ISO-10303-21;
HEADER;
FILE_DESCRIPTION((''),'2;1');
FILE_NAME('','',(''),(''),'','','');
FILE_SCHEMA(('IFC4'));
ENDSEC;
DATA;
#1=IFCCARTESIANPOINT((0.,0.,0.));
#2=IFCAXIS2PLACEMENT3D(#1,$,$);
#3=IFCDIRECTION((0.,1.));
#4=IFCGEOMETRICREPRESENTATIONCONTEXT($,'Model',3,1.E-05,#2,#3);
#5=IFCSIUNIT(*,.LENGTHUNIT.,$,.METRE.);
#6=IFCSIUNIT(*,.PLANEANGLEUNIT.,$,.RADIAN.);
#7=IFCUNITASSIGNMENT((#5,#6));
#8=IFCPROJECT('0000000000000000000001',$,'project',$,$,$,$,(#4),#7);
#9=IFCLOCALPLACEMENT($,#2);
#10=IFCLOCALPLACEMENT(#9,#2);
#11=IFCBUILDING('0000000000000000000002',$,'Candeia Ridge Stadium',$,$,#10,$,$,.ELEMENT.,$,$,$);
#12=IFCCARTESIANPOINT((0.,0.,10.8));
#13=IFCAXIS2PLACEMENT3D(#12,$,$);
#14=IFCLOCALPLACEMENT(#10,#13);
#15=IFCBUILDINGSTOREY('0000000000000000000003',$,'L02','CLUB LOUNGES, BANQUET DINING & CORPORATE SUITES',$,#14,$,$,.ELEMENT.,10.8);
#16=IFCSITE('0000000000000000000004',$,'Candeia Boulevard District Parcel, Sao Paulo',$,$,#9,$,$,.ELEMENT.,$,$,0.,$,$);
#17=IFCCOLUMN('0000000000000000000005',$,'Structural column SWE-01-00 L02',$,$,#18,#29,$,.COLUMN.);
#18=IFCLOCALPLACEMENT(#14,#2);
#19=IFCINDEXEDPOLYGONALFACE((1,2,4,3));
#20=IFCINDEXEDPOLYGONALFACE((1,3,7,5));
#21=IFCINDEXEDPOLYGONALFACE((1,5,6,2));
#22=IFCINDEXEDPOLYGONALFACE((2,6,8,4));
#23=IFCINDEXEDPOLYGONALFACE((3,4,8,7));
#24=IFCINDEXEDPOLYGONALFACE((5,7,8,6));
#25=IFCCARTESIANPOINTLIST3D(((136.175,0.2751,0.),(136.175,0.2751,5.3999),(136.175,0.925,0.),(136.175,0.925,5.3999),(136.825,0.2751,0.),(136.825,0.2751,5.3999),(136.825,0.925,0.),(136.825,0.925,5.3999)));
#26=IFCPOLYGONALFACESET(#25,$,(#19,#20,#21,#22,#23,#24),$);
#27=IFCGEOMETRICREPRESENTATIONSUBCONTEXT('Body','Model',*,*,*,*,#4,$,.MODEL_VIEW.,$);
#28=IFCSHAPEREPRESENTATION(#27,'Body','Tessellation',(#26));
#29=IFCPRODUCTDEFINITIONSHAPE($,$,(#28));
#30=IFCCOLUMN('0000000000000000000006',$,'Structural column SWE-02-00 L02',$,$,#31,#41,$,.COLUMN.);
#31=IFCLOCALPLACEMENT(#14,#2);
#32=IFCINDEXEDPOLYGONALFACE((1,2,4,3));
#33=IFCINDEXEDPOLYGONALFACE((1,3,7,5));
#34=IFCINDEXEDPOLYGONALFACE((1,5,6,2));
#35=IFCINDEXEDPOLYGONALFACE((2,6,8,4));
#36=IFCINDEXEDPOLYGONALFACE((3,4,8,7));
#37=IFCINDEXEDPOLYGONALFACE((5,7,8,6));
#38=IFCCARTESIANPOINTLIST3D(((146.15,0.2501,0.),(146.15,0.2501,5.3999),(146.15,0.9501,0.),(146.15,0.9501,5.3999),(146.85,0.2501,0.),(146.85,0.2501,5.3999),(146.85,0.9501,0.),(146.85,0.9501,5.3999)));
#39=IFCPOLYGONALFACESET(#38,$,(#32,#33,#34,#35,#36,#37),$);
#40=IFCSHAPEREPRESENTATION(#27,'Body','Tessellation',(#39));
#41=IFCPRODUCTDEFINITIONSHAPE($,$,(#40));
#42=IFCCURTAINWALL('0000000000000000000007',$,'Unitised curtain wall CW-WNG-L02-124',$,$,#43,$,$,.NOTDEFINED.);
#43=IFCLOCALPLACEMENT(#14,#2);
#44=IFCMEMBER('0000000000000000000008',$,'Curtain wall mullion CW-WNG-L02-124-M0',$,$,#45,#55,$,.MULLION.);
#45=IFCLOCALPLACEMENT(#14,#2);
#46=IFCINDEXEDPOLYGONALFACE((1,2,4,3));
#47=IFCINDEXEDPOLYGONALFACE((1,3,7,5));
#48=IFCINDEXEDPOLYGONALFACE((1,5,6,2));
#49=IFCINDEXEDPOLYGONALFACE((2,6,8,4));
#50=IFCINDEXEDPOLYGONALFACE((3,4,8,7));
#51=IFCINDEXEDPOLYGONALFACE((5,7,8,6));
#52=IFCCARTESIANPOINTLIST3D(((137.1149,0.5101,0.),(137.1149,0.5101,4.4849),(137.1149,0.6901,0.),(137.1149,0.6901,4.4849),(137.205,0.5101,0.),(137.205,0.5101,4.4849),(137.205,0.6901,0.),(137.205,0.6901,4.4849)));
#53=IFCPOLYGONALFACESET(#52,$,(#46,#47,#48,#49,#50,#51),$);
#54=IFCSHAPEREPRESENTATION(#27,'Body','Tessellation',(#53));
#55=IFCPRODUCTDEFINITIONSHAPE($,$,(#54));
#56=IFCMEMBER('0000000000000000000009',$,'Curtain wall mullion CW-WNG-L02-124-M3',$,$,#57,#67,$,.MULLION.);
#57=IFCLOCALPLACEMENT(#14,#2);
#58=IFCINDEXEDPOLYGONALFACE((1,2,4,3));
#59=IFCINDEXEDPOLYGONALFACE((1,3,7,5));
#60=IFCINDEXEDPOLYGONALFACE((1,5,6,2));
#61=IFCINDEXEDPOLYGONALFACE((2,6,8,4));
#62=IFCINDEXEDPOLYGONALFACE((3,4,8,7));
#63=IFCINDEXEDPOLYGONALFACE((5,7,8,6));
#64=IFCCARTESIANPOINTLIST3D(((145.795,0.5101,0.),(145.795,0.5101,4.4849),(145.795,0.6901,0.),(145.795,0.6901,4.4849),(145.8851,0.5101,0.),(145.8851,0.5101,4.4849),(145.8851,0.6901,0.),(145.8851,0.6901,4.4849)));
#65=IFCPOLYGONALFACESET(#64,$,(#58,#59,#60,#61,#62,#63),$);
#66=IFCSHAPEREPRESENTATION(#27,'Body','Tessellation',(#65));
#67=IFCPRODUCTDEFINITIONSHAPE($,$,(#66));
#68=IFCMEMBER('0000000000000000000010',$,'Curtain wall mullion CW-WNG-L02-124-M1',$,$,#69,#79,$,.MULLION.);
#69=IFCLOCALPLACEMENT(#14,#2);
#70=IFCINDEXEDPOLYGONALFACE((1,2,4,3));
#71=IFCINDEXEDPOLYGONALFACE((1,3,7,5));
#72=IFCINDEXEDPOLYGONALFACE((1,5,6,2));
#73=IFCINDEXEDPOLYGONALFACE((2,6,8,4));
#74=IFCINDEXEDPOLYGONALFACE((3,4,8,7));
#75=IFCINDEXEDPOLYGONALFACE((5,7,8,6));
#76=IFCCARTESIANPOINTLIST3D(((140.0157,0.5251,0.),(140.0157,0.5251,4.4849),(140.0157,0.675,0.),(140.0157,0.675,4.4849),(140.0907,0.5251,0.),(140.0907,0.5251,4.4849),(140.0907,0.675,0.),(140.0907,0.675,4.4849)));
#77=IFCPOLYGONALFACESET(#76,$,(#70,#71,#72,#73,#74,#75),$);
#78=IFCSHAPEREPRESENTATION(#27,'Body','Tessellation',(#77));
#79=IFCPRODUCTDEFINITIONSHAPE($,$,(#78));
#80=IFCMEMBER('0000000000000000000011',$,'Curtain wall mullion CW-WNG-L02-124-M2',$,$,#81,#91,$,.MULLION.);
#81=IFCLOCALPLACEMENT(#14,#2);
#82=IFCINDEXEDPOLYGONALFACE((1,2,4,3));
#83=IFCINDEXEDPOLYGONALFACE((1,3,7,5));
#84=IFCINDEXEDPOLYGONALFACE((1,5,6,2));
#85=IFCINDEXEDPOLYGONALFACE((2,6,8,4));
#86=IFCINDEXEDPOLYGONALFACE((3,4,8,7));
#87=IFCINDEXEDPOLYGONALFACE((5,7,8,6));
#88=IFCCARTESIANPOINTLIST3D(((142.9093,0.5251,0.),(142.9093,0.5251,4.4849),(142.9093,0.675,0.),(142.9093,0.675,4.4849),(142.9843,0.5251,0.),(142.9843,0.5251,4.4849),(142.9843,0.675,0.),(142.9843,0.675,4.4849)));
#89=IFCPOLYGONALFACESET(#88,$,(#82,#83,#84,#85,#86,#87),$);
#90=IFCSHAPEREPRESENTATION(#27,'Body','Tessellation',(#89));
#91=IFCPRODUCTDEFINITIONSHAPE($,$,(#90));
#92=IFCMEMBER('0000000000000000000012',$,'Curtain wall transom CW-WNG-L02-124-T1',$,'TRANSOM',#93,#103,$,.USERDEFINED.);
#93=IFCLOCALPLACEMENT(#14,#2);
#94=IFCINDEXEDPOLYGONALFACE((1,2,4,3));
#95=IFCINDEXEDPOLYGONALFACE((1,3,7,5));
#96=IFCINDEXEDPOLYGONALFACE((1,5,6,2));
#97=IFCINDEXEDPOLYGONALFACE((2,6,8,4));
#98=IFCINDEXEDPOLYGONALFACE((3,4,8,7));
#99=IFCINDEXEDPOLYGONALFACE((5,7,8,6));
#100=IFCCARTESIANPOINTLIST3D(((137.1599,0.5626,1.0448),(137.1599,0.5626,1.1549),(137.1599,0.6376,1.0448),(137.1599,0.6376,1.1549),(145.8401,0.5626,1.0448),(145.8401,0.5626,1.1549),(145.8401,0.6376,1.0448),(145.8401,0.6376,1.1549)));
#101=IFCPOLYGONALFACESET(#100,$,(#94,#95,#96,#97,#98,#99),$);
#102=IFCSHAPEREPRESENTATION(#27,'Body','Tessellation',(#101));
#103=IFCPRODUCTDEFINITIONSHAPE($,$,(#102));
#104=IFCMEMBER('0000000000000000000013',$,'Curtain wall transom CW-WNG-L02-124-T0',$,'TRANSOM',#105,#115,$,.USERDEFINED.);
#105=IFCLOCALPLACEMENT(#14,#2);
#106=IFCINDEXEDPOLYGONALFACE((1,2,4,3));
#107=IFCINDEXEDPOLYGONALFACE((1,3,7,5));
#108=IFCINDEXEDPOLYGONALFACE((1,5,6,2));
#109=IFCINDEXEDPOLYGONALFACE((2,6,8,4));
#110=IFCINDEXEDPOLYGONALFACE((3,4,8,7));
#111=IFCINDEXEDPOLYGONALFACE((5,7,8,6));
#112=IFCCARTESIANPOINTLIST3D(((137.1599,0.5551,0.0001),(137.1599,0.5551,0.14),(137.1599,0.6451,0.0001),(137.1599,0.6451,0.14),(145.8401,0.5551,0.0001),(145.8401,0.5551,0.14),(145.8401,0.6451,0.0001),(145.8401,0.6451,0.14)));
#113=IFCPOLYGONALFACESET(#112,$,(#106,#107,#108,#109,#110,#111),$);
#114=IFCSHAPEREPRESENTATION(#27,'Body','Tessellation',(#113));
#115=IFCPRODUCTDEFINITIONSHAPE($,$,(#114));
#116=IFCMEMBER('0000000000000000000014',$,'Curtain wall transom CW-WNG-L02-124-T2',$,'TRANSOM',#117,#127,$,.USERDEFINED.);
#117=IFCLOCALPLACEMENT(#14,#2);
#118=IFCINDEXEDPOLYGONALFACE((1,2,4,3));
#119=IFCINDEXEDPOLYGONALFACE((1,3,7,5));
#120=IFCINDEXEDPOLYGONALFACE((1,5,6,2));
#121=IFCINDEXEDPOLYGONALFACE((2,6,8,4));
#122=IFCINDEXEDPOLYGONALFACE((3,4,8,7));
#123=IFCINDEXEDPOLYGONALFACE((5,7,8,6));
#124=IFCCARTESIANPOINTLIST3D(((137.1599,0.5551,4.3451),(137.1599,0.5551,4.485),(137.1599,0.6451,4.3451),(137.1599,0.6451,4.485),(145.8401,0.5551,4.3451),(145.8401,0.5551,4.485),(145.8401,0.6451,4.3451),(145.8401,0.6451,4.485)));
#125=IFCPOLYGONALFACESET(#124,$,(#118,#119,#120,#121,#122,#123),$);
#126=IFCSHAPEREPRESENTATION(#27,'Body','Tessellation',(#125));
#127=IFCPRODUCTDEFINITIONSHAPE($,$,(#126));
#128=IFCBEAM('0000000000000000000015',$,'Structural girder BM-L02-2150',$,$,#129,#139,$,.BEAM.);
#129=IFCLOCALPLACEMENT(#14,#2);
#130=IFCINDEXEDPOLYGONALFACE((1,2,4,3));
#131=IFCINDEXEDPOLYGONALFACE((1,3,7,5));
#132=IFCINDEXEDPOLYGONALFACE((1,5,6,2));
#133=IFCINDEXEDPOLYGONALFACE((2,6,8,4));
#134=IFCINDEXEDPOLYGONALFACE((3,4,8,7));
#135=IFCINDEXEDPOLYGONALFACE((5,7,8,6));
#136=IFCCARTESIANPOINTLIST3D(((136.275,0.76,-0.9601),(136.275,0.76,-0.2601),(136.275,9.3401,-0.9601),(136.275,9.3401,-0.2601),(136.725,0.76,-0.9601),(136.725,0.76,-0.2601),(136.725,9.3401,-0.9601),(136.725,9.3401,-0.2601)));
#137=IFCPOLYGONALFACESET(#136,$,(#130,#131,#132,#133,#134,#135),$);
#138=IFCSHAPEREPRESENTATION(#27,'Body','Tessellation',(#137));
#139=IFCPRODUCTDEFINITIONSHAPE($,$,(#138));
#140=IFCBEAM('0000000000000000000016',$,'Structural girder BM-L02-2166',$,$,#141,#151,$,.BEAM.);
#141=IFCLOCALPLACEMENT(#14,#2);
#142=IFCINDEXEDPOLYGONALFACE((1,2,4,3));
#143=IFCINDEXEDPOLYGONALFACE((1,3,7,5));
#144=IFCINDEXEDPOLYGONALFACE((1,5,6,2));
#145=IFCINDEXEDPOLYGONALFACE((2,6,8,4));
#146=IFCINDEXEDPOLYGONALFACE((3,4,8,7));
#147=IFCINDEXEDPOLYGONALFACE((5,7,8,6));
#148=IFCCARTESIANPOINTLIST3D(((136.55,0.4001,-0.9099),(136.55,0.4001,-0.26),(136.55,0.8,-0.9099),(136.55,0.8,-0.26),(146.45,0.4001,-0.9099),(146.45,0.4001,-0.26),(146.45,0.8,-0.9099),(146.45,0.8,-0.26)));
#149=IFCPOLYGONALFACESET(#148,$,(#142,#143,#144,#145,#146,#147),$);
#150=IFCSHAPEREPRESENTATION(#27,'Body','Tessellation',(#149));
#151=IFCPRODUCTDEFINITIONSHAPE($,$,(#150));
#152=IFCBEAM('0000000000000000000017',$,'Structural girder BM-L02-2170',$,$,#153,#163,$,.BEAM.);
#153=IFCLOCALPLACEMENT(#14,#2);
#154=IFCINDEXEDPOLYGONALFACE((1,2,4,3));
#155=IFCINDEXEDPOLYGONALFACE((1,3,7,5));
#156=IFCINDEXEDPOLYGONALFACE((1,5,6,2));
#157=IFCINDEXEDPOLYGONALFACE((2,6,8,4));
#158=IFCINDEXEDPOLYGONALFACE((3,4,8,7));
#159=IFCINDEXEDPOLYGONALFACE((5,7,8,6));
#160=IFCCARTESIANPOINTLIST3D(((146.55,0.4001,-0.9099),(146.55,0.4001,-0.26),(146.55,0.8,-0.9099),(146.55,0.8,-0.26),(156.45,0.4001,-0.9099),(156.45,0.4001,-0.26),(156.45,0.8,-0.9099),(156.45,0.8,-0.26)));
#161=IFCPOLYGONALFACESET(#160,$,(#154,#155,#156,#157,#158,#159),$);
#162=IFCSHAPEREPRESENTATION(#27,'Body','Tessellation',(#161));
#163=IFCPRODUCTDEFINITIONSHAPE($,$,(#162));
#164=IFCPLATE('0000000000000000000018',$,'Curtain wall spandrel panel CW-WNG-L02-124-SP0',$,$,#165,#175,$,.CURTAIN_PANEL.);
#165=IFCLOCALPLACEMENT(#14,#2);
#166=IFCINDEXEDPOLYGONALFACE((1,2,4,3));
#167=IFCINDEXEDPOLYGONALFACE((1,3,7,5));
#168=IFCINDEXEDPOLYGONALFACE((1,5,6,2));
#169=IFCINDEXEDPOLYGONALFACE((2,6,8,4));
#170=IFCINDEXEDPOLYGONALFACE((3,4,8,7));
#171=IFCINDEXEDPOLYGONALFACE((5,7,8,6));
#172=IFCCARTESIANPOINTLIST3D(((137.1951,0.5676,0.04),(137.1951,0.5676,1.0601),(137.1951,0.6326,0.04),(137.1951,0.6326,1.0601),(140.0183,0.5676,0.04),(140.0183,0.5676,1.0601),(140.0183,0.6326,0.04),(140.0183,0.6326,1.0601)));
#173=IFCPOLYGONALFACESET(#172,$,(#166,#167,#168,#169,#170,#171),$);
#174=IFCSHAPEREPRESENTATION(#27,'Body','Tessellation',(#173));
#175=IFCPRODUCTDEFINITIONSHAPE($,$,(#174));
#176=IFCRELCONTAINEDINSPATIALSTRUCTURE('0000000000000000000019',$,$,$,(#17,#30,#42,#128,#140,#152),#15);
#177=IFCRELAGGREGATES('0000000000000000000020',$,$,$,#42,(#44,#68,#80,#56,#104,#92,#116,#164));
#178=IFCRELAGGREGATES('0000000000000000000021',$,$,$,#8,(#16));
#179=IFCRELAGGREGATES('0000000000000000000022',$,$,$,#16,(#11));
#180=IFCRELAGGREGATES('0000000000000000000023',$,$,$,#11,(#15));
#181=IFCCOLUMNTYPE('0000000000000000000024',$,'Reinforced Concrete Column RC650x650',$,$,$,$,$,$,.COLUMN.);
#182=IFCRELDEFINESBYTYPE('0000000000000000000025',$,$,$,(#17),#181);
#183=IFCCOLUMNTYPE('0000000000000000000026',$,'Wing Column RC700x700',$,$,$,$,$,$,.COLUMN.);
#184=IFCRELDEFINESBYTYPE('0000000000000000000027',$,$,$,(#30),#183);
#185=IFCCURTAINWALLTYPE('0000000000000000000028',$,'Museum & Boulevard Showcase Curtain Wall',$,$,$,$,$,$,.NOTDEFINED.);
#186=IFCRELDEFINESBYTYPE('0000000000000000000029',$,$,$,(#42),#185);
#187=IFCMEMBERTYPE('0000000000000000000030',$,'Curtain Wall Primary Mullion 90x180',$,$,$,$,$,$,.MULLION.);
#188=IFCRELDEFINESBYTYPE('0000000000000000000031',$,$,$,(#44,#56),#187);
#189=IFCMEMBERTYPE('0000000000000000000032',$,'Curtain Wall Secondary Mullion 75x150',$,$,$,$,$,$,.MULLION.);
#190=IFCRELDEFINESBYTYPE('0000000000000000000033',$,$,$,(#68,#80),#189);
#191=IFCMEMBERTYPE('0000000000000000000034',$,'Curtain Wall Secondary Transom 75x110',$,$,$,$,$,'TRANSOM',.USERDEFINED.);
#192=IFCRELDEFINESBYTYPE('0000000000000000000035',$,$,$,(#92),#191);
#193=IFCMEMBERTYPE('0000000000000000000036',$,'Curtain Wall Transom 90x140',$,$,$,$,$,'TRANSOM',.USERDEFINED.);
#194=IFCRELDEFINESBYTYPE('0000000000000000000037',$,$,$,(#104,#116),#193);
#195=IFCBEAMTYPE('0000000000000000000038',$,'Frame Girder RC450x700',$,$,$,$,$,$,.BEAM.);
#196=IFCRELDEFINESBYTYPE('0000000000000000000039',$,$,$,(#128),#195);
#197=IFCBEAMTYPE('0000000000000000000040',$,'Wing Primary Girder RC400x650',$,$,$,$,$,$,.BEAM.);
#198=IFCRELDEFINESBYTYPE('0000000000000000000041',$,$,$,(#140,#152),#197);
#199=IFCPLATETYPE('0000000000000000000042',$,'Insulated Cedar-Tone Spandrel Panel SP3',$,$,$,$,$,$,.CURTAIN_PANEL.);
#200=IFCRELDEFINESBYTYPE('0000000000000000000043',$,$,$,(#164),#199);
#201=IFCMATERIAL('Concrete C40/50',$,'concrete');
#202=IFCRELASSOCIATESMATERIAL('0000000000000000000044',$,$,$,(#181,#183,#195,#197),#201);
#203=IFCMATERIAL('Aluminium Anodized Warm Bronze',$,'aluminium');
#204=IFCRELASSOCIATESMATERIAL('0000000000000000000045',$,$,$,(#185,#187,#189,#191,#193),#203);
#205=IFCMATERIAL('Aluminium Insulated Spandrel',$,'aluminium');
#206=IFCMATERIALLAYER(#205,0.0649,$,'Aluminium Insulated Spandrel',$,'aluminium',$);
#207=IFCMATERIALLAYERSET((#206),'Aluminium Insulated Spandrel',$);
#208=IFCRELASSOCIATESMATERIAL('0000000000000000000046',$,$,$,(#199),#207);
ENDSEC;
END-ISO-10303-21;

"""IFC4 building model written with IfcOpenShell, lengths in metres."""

from ifc_helpers import new_model, si_unit, direction, frame, origin, origin_2d, place, context, subcontext, project, spatial, rectangle, extrude, material, layer, layer_set, material_profile, profile_set, type_object, element, aggregate, save


model = new_model("IFC4")

# Units and contexts
model_context = context("Model", 3, precision=1e-05, world=origin(), true_north=direction((0.0, 1.0)))
body_context = subcontext(model_context, "Body", "Model", "MODEL_VIEW")
ifc_project = project(units=[si_unit("LENGTHUNIT", "METRE"), si_unit("PLANEANGLEUNIT", "RADIAN")], contexts=[model_context])

# Site, building, storey
site_placement = place(None, origin())
site = spatial("IfcSite", under=ifc_project, at=site_placement, Name="Candeia Boulevard District Parcel, Sao Paulo", CompositionType="ELEMENT", RefElevation=0.0)
building_placement = place(site_placement, origin())
building = spatial("IfcBuilding", under=site, at=building_placement, Name="Candeia Ridge Stadium", CompositionType="ELEMENT")
storey_placement = place(building_placement, frame((0.0, 0.0, 10.8)))
storey = spatial("IfcBuildingStorey", under=building, at=storey_placement, Name="L02", Description="CLUB LOUNGES, BANQUET DINING & CORPORATE SUITES", CompositionType="ELEMENT", Elevation=10.8)

# Columns
ifc_material_1 = material(Name="Concrete C40/50", Category="concrete")
ifc_material_profile_1 = material_profile(ifc_material_1, rectangle(XDim=0.6499, YDim=0.6499, at=origin_2d()), Name="RC650x650", Category="concrete")
ifc_profile_set_1 = profile_set([ifc_material_profile_1], Name="Concrete C40/50")
column_type_1 = type_object("IfcColumnType", Name="Reinforced Concrete Column RC650x650", PredefinedType="COLUMN", material=ifc_profile_set_1)
column_1_placement = place(storey_placement, frame((136.5, 0.6001, 0.0), z_axis=(0.0, 0.0, 1.0), x_axis=(1.0, 0.0, 0.0)))
element("IfcColumn", 1, at=column_1_placement, inside=storey, type_object=column_type_1, Name="Structural column SWE-01-00 L02", PredefinedType="COLUMN", context=body_context, shape_type="SweptSolid", body=[
    extrude(rectangle(XDim=0.6499, YDim=0.6499, at=origin_2d()), origin(), (0.0, 0.0, 1.0), 5.3999),
])
ifc_material_profile_2 = material_profile(ifc_material_1, rectangle(XDim=0.7, YDim=0.7, at=origin_2d()), Name="RC700x700", Category="concrete")
ifc_profile_set_2 = profile_set([ifc_material_profile_2], Name="Concrete C40/50")
column_type_2 = type_object("IfcColumnType", Name="Wing Column RC700x700", PredefinedType="COLUMN", material=ifc_profile_set_2)
column_2_placement = place(storey_placement, frame((146.5, 0.6001, 0.0), z_axis=(0.0, 0.0, 1.0), x_axis=(1.0, 0.0, 0.0)))
element("IfcColumn", 2, at=column_2_placement, inside=storey, type_object=column_type_2, Name="Structural column SWE-02-00 L02", PredefinedType="COLUMN", context=body_context, shape_type="SweptSolid", body=[
    extrude(rectangle(XDim=0.7, YDim=0.7, at=origin_2d()), origin(), (0.0, 0.0, 1.0), 5.3999),
])

# Curtain wall, members
ifc_material_2 = material(Name="Aluminium Anodized Warm Bronze", Category="aluminium")
curtain_wall_type = type_object("IfcCurtainWallType", Name="Museum & Boulevard Showcase Curtain Wall", PredefinedType="NOTDEFINED", material=ifc_material_2)
curtain_wall_placement = place(storey_placement, origin())
curtain_wall = element("IfcCurtainWall", 3, at=curtain_wall_placement, inside=storey, type_object=curtain_wall_type, Name="Unitised curtain wall CW-WNG-L02-124", PredefinedType="NOTDEFINED")
ifc_material_profile_3 = material_profile(ifc_material_2, rectangle(XDim=0.0901, YDim=0.1799, at=origin_2d()), Name="CWM-90x180", Category="aluminium")
ifc_profile_set_3 = profile_set([ifc_material_profile_3], Name="Aluminium Anodized Warm Bronze")
member_type_1 = type_object("IfcMemberType", Name="Curtain Wall Primary Mullion 90x180", PredefinedType="MULLION", material=ifc_profile_set_3)
member_1_placement = place(storey_placement, frame((137.1599, 0.6001, 0.0), z_axis=(0.0, 0.0, 1.0), x_axis=(1.0, 0.0, 0.0)))
member_1 = element("IfcMember", 4, at=member_1_placement, type_object=member_type_1, Name="Curtain wall mullion CW-WNG-L02-124-M0", PredefinedType="MULLION", context=body_context, shape_type="SweptSolid", body=[
    extrude(rectangle(XDim=0.0901, YDim=0.1799, at=origin_2d()), origin(), (0.0, 0.0, 1.0), 4.4849),
])
member_2_placement = place(storey_placement, frame((145.8401, 0.6001, 0.0), z_axis=(0.0, 0.0, 1.0), x_axis=(1.0, 0.0, 0.0)))
member_2 = element("IfcMember", 5, at=member_2_placement, type_object=member_type_1, Name="Curtain wall mullion CW-WNG-L02-124-M3", PredefinedType="MULLION", context=body_context, shape_type="SweptSolid", body=[
    extrude(rectangle(XDim=0.0901, YDim=0.1799, at=origin_2d()), origin(), (0.0, 0.0, 1.0), 4.4849),
])
ifc_material_profile_4 = material_profile(ifc_material_2, rectangle(XDim=0.075, YDim=0.1499, at=origin_2d()), Name="CWM-75x150", Category="aluminium")
ifc_profile_set_4 = profile_set([ifc_material_profile_4], Name="Aluminium Anodized Warm Bronze")
member_type_2 = type_object("IfcMemberType", Name="Curtain Wall Secondary Mullion 75x150", PredefinedType="MULLION", material=ifc_profile_set_4)
member_3_placement = place(storey_placement, frame((140.0532, 0.6001, 0.0), z_axis=(0.0, 0.0, 1.0), x_axis=(1.0, 0.0, 0.0)))
member_3 = element("IfcMember", 6, at=member_3_placement, type_object=member_type_2, Name="Curtain wall mullion CW-WNG-L02-124-M1", PredefinedType="MULLION", context=body_context, shape_type="SweptSolid", body=[
    extrude(rectangle(XDim=0.075, YDim=0.1499, at=origin_2d()), origin(), (0.0, 0.0, 1.0), 4.4849),
])
member_4_placement = place(storey_placement, frame((142.9468, 0.6001, 0.0), z_axis=(0.0, 0.0, 1.0), x_axis=(1.0, 0.0, 0.0)))
member_4 = element("IfcMember", 7, at=member_4_placement, type_object=member_type_2, Name="Curtain wall mullion CW-WNG-L02-124-M2", PredefinedType="MULLION", context=body_context, shape_type="SweptSolid", body=[
    extrude(rectangle(XDim=0.075, YDim=0.1499, at=origin_2d()), origin(), (0.0, 0.0, 1.0), 4.4849),
])
ifc_material_profile_5 = material_profile(ifc_material_2, rectangle(XDim=0.075, YDim=0.1101, at=origin_2d()), Name="CWT-75x110", Category="aluminium")
ifc_profile_set_5 = profile_set([ifc_material_profile_5], Name="Aluminium Anodized Warm Bronze")
member_type_3 = type_object("IfcMemberType", Name="Curtain Wall Secondary Transom 75x110", ElementType="TRANSOM", PredefinedType="USERDEFINED", material=ifc_profile_set_5)
member_5_placement = place(storey_placement, frame((137.1599, 0.6001, 1.0999), z_axis=(1.0, 0.0, 0.0), x_axis=(0.0, 1.0, 0.0)))
member_5 = element("IfcMember", 8, at=member_5_placement, type_object=member_type_3, Name="Curtain wall transom CW-WNG-L02-124-T1", ObjectType="TRANSOM", PredefinedType="USERDEFINED", context=body_context, shape_type="SweptSolid", body=[
    extrude(rectangle(XDim=0.075, YDim=0.1101, at=origin_2d()), origin(), (0.0, 0.0, 1.0), 8.6802),
])
ifc_material_profile_6 = material_profile(ifc_material_2, rectangle(XDim=0.0901, YDim=0.1399, at=origin_2d()), Name="CWT-90x140", Category="aluminium")
ifc_profile_set_6 = profile_set([ifc_material_profile_6], Name="Aluminium Anodized Warm Bronze")
member_type_4 = type_object("IfcMemberType", Name="Curtain Wall Transom 90x140", ElementType="TRANSOM", PredefinedType="USERDEFINED", material=ifc_profile_set_6)
member_6_placement = place(storey_placement, frame((137.1599, 0.6001, 0.0701), z_axis=(1.0, 0.0, 0.0), x_axis=(0.0, 1.0, 0.0)))
member_6 = element("IfcMember", 9, at=member_6_placement, type_object=member_type_4, Name="Curtain wall transom CW-WNG-L02-124-T0", ObjectType="TRANSOM", PredefinedType="USERDEFINED", context=body_context, shape_type="SweptSolid", body=[
    extrude(rectangle(XDim=0.0901, YDim=0.1399, at=origin_2d()), origin(), (0.0, 0.0, 1.0), 8.6802),
])
member_7_placement = place(storey_placement, frame((137.1599, 0.6001, 4.415), z_axis=(1.0, 0.0, 0.0), x_axis=(0.0, 1.0, 0.0)))
member_7 = element("IfcMember", 10, at=member_7_placement, type_object=member_type_4, Name="Curtain wall transom CW-WNG-L02-124-T2", ObjectType="TRANSOM", PredefinedType="USERDEFINED", context=body_context, shape_type="SweptSolid", body=[
    extrude(rectangle(XDim=0.0901, YDim=0.1399, at=origin_2d()), origin(), (0.0, 0.0, 1.0), 8.6802),
])

# Beams
ifc_material_profile_7 = material_profile(ifc_material_1, rectangle(XDim=0.45, YDim=0.7, at=origin_2d()), Name="RC450x700", Category="concrete")
ifc_profile_set_7 = profile_set([ifc_material_profile_7], Name="Concrete C40/50")
beam_type_1 = type_object("IfcBeamType", Name="Frame Girder RC450x700", PredefinedType="BEAM", material=ifc_profile_set_7)
beam_placement = place(storey_placement, frame((136.5, 0.76, -0.6101), z_axis=(0.0, 1.0, 0.0), x_axis=(-1.0, 0.0, 0.0)))
element("IfcBeam", 11, at=beam_placement, inside=storey, type_object=beam_type_1, Name="Structural girder BM-L02-2150", PredefinedType="BEAM", context=body_context, shape_type="SweptSolid", body=[
    extrude(rectangle(XDim=0.45, YDim=0.7, at=origin_2d()), origin(), (0.0, 0.0, 1.0), 8.5801),
])
ifc_material_profile_8 = material_profile(ifc_material_1, rectangle(XDim=0.3999, YDim=0.6499, at=origin_2d()), Name="RC400x650", Category="concrete")
ifc_profile_set_8 = profile_set([ifc_material_profile_8], Name="Concrete C40/50")
beam_type_2 = type_object("IfcBeamType", Name="Wing Primary Girder RC400x650", PredefinedType="BEAM", material=ifc_profile_set_8)
for number, where, z_axis, x_axis, name in (
    (12, (136.55, 0.6001, -0.585), (1.0, 0.0, 0.0), (0.0, 1.0, 0.0), "Structural girder BM-L02-2166"),
    (13, (146.55, 0.6001, -0.585), (1.0, 0.0, 0.0), (0.0, 1.0, 0.0), "Structural girder BM-L02-2170"),
):
    element("IfcBeam", number, at=place(storey_placement, frame(where, z_axis=z_axis, x_axis=x_axis)), inside=storey, type_object=beam_type_2, Name=name, PredefinedType="BEAM", context=body_context, shape_type="SweptSolid", body=[
        extrude(rectangle(XDim=0.3999, YDim=0.6499, at=origin_2d()), origin(), (0.0, 0.0, 1.0), 9.8999),
    ])

# Plate
ifc_material_3 = material(Name="Aluminium Insulated Spandrel", Category="aluminium")
ifc_layer_1 = layer(ifc_material_3, 0.0649, Name="Aluminium Insulated Spandrel", Category="aluminium")
ifc_layer_set_1 = layer_set([ifc_layer_1], Name="Aluminium Insulated Spandrel")
plate_type_1 = type_object("IfcPlateType", Name="Insulated Cedar-Tone Spandrel Panel SP3", PredefinedType="CURTAIN_PANEL", material=ifc_layer_set_1)
plate_1_placement = place(storey_placement, frame((138.6067, 0.6001, 0.04), z_axis=(0.0, 0.0, 1.0), x_axis=(1.0, 0.0, 0.0)))
plate_1 = element("IfcPlate", 14, at=plate_1_placement, type_object=plate_type_1, Name="Curtain wall spandrel panel CW-WNG-L02-124-SP0", PredefinedType="CURTAIN_PANEL", context=body_context, shape_type="SweptSolid", body=[
    extrude(rectangle(XDim=2.8232, YDim=0.0649, at=origin_2d()), origin(), (0.0, 0.0, 1.0), 1.02),
])
aggregate(curtain_wall, [member_1, member_3, member_4, member_2, member_6, member_5, member_7, plate_1])

save(model, "model.ifc")
